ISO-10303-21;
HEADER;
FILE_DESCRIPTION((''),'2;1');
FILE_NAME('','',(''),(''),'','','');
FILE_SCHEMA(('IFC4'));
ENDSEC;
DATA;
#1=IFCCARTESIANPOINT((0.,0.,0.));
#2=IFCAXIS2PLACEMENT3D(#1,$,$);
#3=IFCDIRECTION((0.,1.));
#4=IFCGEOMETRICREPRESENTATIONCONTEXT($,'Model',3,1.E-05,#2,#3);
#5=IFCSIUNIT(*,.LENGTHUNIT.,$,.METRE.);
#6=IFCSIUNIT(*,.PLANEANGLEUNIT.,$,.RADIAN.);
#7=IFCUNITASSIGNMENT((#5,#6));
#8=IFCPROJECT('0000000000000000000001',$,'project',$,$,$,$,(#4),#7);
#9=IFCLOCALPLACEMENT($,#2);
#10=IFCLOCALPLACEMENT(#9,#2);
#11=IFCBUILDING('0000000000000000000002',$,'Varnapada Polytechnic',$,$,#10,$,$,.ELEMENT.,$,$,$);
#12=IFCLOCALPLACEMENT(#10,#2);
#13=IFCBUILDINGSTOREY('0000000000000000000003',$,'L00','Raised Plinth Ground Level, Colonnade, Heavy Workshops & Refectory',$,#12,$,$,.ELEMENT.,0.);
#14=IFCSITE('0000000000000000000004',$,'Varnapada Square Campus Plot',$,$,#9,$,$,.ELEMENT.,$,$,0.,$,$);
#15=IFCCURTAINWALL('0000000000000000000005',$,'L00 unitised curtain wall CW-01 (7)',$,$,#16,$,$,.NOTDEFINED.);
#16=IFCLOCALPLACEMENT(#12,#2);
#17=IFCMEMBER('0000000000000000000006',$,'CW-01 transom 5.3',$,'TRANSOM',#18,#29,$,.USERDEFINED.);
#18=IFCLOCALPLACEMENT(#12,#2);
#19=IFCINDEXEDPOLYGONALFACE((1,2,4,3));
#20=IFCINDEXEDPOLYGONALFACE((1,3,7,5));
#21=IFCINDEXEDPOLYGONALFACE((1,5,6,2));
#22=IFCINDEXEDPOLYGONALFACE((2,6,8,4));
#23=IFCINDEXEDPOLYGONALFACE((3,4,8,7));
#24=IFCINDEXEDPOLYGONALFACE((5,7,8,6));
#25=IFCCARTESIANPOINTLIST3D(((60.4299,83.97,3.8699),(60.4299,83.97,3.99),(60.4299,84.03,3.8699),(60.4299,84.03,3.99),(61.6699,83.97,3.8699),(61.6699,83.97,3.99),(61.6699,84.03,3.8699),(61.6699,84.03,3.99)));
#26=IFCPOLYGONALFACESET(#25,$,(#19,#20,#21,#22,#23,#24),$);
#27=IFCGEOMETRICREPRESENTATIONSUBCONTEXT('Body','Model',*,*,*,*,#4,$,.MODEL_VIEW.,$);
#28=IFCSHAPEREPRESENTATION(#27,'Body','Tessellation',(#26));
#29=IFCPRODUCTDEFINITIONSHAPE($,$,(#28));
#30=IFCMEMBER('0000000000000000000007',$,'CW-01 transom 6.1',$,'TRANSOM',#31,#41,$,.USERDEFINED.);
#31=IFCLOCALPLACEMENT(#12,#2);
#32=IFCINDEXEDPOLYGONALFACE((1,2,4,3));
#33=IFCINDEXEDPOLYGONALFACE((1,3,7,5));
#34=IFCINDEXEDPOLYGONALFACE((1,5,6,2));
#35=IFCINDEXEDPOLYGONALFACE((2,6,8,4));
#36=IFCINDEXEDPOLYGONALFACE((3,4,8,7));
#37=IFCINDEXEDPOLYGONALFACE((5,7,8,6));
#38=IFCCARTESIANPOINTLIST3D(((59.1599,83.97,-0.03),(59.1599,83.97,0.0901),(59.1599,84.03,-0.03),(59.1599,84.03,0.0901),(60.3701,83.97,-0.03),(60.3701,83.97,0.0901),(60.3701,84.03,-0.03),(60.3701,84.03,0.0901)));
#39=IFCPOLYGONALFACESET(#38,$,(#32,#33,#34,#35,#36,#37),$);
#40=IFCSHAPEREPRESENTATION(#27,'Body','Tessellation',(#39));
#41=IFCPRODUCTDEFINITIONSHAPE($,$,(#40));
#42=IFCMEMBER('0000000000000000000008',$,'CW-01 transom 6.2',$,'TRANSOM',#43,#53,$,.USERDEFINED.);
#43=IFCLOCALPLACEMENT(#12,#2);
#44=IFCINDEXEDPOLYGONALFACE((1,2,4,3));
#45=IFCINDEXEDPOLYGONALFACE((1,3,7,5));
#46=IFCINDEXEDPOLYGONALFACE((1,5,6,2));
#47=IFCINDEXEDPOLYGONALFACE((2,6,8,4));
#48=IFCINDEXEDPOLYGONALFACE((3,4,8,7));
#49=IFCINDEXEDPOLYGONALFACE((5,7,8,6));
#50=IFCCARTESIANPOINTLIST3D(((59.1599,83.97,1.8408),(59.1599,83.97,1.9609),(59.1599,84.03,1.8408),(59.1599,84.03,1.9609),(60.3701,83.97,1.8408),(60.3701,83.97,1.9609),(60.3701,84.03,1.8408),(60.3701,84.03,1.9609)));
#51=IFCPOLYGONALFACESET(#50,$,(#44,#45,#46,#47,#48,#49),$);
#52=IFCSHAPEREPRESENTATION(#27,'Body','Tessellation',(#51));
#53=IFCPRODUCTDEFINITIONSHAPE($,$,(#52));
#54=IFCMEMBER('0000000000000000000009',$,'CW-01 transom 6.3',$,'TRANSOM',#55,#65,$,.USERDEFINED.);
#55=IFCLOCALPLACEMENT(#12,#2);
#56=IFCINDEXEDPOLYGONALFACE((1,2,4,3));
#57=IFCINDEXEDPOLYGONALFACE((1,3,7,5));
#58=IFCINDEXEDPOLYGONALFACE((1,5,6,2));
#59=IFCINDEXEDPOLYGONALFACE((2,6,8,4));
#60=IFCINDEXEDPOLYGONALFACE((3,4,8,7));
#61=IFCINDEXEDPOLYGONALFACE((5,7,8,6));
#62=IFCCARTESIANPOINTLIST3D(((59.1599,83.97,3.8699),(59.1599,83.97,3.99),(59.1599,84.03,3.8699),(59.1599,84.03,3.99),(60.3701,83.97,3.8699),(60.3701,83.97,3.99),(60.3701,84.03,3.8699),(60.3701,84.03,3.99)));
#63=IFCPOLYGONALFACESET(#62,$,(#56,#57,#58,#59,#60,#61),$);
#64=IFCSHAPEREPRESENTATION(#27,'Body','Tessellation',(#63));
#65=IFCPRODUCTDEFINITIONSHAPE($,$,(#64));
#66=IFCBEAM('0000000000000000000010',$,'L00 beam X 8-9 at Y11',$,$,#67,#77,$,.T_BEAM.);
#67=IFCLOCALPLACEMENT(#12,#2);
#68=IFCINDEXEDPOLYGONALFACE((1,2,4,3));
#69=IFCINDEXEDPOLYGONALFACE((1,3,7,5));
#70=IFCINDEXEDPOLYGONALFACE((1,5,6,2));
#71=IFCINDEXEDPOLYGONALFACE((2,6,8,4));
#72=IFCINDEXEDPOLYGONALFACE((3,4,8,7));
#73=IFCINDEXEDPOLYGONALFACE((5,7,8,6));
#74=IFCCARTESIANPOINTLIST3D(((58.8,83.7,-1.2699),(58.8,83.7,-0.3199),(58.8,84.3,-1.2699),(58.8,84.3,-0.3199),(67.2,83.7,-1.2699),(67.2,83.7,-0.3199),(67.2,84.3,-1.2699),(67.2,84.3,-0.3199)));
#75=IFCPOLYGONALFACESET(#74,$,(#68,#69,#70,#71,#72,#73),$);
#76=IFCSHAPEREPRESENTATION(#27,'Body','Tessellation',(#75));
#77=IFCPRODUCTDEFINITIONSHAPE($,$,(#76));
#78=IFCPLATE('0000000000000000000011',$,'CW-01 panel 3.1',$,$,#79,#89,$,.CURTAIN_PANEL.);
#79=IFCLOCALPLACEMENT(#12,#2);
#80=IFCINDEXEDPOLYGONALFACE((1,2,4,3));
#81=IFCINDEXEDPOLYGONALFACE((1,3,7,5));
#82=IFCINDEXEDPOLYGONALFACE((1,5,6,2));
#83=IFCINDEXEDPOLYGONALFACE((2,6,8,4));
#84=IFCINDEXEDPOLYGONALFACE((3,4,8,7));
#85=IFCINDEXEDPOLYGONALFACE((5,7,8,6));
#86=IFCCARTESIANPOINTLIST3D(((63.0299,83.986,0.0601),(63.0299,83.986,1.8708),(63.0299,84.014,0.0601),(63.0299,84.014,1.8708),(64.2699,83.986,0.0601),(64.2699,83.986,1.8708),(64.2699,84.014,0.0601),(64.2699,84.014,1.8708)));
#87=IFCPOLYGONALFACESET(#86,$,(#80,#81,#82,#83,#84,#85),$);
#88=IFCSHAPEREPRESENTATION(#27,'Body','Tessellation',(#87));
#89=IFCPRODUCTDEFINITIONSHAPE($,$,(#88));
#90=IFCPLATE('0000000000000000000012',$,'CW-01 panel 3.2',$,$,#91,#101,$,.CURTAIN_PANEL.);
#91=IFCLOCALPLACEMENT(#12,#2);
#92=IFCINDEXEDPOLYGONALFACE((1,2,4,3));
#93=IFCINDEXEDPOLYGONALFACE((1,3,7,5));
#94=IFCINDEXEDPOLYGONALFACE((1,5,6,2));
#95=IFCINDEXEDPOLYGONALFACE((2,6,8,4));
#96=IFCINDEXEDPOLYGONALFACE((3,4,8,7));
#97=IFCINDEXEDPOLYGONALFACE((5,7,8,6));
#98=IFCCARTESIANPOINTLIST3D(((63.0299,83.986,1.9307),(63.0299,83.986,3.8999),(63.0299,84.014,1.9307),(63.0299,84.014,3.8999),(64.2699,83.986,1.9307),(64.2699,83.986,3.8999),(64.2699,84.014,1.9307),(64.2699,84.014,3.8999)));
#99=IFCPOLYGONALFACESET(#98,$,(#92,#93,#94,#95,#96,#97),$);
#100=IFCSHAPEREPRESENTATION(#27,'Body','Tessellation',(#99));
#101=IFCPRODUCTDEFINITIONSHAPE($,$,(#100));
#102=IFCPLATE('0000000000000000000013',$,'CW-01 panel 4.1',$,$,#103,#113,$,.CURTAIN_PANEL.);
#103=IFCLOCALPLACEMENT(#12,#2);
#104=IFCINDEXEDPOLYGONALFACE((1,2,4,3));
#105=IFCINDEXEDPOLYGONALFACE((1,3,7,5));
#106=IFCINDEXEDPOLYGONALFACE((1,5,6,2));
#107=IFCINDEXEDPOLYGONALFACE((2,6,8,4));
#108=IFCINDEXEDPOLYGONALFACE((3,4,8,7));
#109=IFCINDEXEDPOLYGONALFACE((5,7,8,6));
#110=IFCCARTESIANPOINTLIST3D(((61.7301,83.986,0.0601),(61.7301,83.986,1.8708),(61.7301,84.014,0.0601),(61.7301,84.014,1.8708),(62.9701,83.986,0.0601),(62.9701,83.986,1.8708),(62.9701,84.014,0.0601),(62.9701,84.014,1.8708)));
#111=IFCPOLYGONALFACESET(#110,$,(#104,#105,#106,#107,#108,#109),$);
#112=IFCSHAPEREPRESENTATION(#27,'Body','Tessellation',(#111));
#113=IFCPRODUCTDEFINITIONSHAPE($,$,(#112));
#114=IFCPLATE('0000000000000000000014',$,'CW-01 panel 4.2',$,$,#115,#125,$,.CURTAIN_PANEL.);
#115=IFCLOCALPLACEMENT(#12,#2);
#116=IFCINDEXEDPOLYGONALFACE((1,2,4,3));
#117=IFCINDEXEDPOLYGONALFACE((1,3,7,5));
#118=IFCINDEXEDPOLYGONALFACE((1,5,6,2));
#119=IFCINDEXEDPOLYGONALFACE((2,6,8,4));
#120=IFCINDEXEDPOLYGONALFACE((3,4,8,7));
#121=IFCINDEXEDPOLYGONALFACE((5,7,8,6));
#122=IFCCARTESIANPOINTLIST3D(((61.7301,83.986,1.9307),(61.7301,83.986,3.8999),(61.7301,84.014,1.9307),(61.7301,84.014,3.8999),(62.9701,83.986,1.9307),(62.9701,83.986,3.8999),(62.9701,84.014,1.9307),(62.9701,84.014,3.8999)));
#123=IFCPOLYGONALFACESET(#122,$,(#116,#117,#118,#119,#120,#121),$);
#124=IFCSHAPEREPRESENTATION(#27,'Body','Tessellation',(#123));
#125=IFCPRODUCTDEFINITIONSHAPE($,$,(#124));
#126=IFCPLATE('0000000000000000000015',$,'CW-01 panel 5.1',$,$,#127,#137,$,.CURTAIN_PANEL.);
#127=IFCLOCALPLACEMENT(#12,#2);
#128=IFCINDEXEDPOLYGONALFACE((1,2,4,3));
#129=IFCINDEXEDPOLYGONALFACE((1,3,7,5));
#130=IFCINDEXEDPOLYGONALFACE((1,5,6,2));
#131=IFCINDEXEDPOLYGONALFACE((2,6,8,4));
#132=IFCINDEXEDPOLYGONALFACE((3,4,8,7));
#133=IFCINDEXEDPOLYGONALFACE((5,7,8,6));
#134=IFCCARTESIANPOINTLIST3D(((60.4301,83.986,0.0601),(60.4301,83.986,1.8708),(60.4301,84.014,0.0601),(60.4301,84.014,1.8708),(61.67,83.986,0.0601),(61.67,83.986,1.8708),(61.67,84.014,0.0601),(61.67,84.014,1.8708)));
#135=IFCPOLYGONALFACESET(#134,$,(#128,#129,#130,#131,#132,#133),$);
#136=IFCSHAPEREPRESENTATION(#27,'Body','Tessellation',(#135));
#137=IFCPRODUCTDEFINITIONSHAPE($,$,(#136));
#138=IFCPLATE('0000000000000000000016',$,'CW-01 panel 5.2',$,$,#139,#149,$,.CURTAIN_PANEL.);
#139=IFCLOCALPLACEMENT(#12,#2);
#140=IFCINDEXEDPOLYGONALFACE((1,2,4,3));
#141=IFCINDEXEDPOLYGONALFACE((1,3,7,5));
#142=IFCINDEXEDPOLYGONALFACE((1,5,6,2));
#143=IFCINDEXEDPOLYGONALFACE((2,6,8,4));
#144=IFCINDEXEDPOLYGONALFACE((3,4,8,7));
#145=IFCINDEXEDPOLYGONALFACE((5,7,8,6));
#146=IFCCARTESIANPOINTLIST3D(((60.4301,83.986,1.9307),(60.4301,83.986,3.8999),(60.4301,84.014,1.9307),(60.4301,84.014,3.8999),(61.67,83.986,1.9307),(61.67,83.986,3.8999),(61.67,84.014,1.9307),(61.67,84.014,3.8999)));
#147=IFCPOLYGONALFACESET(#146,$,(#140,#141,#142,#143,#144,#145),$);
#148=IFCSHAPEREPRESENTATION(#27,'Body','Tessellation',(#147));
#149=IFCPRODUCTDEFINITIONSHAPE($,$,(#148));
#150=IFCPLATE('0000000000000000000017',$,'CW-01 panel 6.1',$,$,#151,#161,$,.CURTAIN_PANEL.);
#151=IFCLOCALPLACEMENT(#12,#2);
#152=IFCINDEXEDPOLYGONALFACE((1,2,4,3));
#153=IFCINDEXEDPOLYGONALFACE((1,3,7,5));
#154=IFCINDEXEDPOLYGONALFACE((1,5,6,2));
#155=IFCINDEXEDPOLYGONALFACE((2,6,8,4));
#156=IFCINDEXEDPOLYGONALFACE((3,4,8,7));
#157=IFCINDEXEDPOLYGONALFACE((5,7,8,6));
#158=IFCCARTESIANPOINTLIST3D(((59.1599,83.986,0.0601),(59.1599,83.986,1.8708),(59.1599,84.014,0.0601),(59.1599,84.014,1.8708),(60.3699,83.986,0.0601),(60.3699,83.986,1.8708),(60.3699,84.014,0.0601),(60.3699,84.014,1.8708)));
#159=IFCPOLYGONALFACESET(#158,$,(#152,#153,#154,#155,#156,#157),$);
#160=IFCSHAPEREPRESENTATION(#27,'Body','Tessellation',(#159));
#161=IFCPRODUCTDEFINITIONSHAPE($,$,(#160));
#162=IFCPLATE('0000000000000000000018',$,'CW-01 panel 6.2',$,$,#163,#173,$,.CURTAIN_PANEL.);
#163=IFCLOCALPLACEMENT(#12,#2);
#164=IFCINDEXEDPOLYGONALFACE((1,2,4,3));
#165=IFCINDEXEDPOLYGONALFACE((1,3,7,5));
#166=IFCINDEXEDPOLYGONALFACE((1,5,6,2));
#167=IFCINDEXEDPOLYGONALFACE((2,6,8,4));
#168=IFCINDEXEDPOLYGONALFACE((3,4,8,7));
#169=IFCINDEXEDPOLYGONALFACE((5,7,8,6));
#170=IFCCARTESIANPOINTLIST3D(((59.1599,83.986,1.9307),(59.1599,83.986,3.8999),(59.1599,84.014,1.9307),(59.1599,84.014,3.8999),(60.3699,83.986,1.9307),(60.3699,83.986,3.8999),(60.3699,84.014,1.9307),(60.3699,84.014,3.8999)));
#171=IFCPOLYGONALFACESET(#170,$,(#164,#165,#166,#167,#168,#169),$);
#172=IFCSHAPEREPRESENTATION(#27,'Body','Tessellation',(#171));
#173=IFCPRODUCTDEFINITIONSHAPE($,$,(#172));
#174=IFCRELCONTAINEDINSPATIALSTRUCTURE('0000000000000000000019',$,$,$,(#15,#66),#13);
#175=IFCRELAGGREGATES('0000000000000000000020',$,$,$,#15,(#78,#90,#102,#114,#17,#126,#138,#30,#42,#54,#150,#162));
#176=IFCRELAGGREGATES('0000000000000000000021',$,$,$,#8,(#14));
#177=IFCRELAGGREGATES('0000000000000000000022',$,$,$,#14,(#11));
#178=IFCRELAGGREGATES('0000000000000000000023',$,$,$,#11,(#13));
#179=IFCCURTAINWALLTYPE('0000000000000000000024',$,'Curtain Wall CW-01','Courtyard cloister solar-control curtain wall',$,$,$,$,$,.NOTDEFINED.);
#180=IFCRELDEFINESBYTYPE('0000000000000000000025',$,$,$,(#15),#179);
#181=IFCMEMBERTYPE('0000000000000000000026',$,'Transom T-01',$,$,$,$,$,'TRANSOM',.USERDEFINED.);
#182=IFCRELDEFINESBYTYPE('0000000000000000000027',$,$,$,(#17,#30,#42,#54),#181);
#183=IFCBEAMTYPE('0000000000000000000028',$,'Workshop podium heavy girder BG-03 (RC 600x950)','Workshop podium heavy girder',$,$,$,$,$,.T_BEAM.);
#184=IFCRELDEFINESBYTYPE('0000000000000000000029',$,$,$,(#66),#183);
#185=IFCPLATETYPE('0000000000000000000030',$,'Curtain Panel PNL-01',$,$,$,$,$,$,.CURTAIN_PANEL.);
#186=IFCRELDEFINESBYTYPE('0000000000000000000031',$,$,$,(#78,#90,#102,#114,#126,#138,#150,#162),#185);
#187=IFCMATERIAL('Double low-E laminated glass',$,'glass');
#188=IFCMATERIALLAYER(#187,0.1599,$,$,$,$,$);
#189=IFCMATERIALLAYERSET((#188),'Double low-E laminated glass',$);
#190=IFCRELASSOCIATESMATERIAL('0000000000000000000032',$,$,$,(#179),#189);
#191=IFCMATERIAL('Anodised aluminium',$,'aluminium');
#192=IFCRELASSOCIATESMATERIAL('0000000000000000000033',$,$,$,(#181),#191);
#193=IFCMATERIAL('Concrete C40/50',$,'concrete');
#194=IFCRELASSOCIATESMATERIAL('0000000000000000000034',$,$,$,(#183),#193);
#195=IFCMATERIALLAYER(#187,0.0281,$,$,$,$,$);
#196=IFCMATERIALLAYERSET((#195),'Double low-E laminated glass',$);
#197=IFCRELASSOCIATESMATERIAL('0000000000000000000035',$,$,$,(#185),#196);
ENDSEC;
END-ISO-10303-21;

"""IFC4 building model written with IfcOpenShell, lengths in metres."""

from ifc_helpers import new_model, si_unit, direction, frame, origin, origin_2d, place, context, subcontext, project, spatial, rectangle, extrude, material, layer, layer_set, material_profile, profile_set, type_object, element, aggregate, save


model = new_model("IFC4")

# Units and contexts
model_context = context("Model", 3, precision=1e-05, world=origin(), true_north=direction((0.0, 1.0)))
body_context = subcontext(model_context, "Body", "Model", "MODEL_VIEW")
ifc_project = project(units=[si_unit("LENGTHUNIT", "METRE"), si_unit("PLANEANGLEUNIT", "RADIAN")], contexts=[model_context])

# Site, building, storey
site_placement = place(None, origin())
site = spatial("IfcSite", under=ifc_project, at=site_placement, Name="Varnapada Square Campus Plot", CompositionType="ELEMENT", RefElevation=0.0)
building_placement = place(site_placement, origin())
building = spatial("IfcBuilding", under=site, at=building_placement, Name="Varnapada Polytechnic", CompositionType="ELEMENT")
storey_placement = place(building_placement, origin())
storey = spatial("IfcBuildingStorey", under=building, at=storey_placement, Name="L00", Description="Raised Plinth Ground Level, Colonnade, Heavy Workshops & Refectory", CompositionType="ELEMENT", Elevation=0.0)

# Curtain wall
ifc_material_1 = material(Name="Double low-E laminated glass", Category="glass")
ifc_layer_1 = layer(ifc_material_1, 0.1599)
ifc_layer_set_1 = layer_set([ifc_layer_1], Name="Double low-E laminated glass")
curtain_wall_type = type_object("IfcCurtainWallType", Name="Curtain Wall CW-01", Description="Courtyard cloister solar-control curtain wall", PredefinedType="NOTDEFINED", material=ifc_layer_set_1)
curtain_wall_placement = place(storey_placement, origin())
curtain_wall = element("IfcCurtainWall", 1, at=curtain_wall_placement, inside=storey, type_object=curtain_wall_type, Name="L00 unitised curtain wall CW-01 (7)", PredefinedType="NOTDEFINED")
ifc_material_2 = material(Name="Anodised aluminium", Category="aluminium")

# Shared definitions
ifc_material_3 = material(Name="Concrete C40/50", Category="concrete")

# Members
ifc_material_profile_1 = material_profile(ifc_material_2, rectangle(XDim=0.0601, YDim=0.1201, at=origin_2d()), Name="ALU T60x120")
ifc_profile_set_1 = profile_set([ifc_material_profile_1], Name="Anodised aluminium")
member_type_1 = type_object("IfcMemberType", Name="Transom T-01", ElementType="TRANSOM", PredefinedType="USERDEFINED", material=ifc_profile_set_1)
member_1_placement = place(storey_placement, frame((61.6699, 84.0, 3.9299), z_axis=(-1.0, 0.0, 0.0), x_axis=(0.0, -1.0, 0.0)))
member_1 = element("IfcMember", 2, at=member_1_placement, type_object=member_type_1, Name="CW-01 transom 5.3", ObjectType="TRANSOM", PredefinedType="USERDEFINED", context=body_context, shape_type="SweptSolid", body=[
    extrude(rectangle(XDim=0.0601, YDim=0.1201, at=origin_2d()), origin(), (0.0, 0.0, 1.0), 1.24),
])
member_2_placement = place(storey_placement, frame((60.3701, 84.0, 0.03), z_axis=(-1.0, 0.0, 0.0), x_axis=(0.0, -1.0, 0.0)))
member_2 = element("IfcMember", 3, at=member_2_placement, type_object=member_type_1, Name="CW-01 transom 6.1", ObjectType="TRANSOM", PredefinedType="USERDEFINED", context=body_context, shape_type="SweptSolid", body=[
    extrude(rectangle(XDim=0.0601, YDim=0.1201, at=origin_2d()), origin(), (0.0, 0.0, 1.0), 1.2102),
])
member_3_placement = place(storey_placement, frame((60.3701, 84.0, 1.9009), z_axis=(-1.0, 0.0, 0.0), x_axis=(0.0, -1.0, 0.0)))
member_3 = element("IfcMember", 4, at=member_3_placement, type_object=member_type_1, Name="CW-01 transom 6.2", ObjectType="TRANSOM", PredefinedType="USERDEFINED", context=body_context, shape_type="SweptSolid", body=[
    extrude(rectangle(XDim=0.0601, YDim=0.1201, at=origin_2d()), origin(), (0.0, 0.0, 1.0), 1.2102),
])
member_4_placement = place(storey_placement, frame((60.3701, 84.0, 3.9299), z_axis=(-1.0, 0.0, 0.0), x_axis=(0.0, -1.0, 0.0)))
member_4 = element("IfcMember", 5, at=member_4_placement, type_object=member_type_1, Name="CW-01 transom 6.3", ObjectType="TRANSOM", PredefinedType="USERDEFINED", context=body_context, shape_type="SweptSolid", body=[
    extrude(rectangle(XDim=0.0601, YDim=0.1201, at=origin_2d()), origin(), (0.0, 0.0, 1.0), 1.2102),
])

# Beam
ifc_material_profile_2 = material_profile(ifc_material_3, rectangle(XDim=0.6001, YDim=0.95, at=origin_2d()), Name="RC 600x950")
ifc_profile_set_2 = profile_set([ifc_material_profile_2], Name="Concrete C40/50")
beam_type_1 = type_object("IfcBeamType", Name="Workshop podium heavy girder BG-03 (RC 600x950)", Description="Workshop podium heavy girder", PredefinedType="T_BEAM", material=ifc_profile_set_2)
beam_1_placement = place(storey_placement, frame((58.8, 84.0, -0.7949), z_axis=(1.0, 0.0, 0.0), x_axis=(0.0, 1.0, 0.0)))
element("IfcBeam", 6, at=beam_1_placement, inside=storey, type_object=beam_type_1, Name="L00 beam X 8-9 at Y11", PredefinedType="T_BEAM", context=body_context, shape_type="SweptSolid", body=[
    extrude(rectangle(XDim=0.6001, YDim=0.95, at=origin_2d()), origin(), (0.0, 0.0, 1.0), 8.3999),
])

# Plates
ifc_layer_2 = layer(ifc_material_1, 0.0281)
ifc_layer_set_2 = layer_set([ifc_layer_2], Name="Double low-E laminated glass")
plate_type = type_object("IfcPlateType", Name="Curtain Panel PNL-01", PredefinedType="CURTAIN_PANEL", material=ifc_layer_set_2)
plate_1_placement = place(storey_placement, frame((63.6499, 84.0, 0.0601), z_axis=(0.0, 0.0, 1.0), x_axis=(-1.0, 0.0, 0.0)))
plate_1 = element("IfcPlate", 7, at=plate_1_placement, type_object=plate_type, Name="CW-01 panel 3.1", PredefinedType="CURTAIN_PANEL", context=body_context, shape_type="SweptSolid", body=[
    extrude(rectangle(XDim=1.24, YDim=0.0281, at=origin_2d()), origin(), (0.0, 0.0, 1.0), 1.8108),
])
plate_2_placement = place(storey_placement, frame((63.6499, 84.0, 1.9307), z_axis=(0.0, 0.0, 1.0), x_axis=(-1.0, 0.0, 0.0)))
plate_2 = element("IfcPlate", 8, at=plate_2_placement, type_object=plate_type, Name="CW-01 panel 3.2", PredefinedType="CURTAIN_PANEL", context=body_context, shape_type="SweptSolid", body=[
    extrude(rectangle(XDim=1.24, YDim=0.0281, at=origin_2d()), origin(), (0.0, 0.0, 1.0), 1.9692),
])
plate_3_placement = place(storey_placement, frame((62.3501, 84.0, 0.0601), z_axis=(0.0, 0.0, 1.0), x_axis=(-1.0, 0.0, 0.0)))
plate_3 = element("IfcPlate", 9, at=plate_3_placement, type_object=plate_type, Name="CW-01 panel 4.1", PredefinedType="CURTAIN_PANEL", context=body_context, shape_type="SweptSolid", body=[
    extrude(rectangle(XDim=1.24, YDim=0.0281, at=origin_2d()), origin(), (0.0, 0.0, 1.0), 1.8108),
])
plate_4_placement = place(storey_placement, frame((62.3501, 84.0, 1.9307), z_axis=(0.0, 0.0, 1.0), x_axis=(-1.0, 0.0, 0.0)))
plate_4 = element("IfcPlate", 10, at=plate_4_placement, type_object=plate_type, Name="CW-01 panel 4.2", PredefinedType="CURTAIN_PANEL", context=body_context, shape_type="SweptSolid", body=[
    extrude(rectangle(XDim=1.24, YDim=0.0281, at=origin_2d()), origin(), (0.0, 0.0, 1.0), 1.9692),
])
plate_5_placement = place(storey_placement, frame((61.05, 84.0, 0.0601), z_axis=(0.0, 0.0, 1.0), x_axis=(-1.0, 0.0, 0.0)))
plate_5 = element("IfcPlate", 11, at=plate_5_placement, type_object=plate_type, Name="CW-01 panel 5.1", PredefinedType="CURTAIN_PANEL", context=body_context, shape_type="SweptSolid", body=[
    extrude(rectangle(XDim=1.24, YDim=0.0281, at=origin_2d()), origin(), (0.0, 0.0, 1.0), 1.8108),
])
plate_6_placement = place(storey_placement, frame((61.05, 84.0, 1.9307), z_axis=(0.0, 0.0, 1.0), x_axis=(-1.0, 0.0, 0.0)))
plate_6 = element("IfcPlate", 12, at=plate_6_placement, type_object=plate_type, Name="CW-01 panel 5.2", PredefinedType="CURTAIN_PANEL", context=body_context, shape_type="SweptSolid", body=[
    extrude(rectangle(XDim=1.24, YDim=0.0281, at=origin_2d()), origin(), (0.0, 0.0, 1.0), 1.9692),
])
plate_7_placement = place(storey_placement, frame((59.7649, 84.0, 0.0601), z_axis=(0.0, 0.0, 1.0), x_axis=(-1.0, 0.0, 0.0)))
plate_7 = element("IfcPlate", 13, at=plate_7_placement, type_object=plate_type, Name="CW-01 panel 6.1", PredefinedType="CURTAIN_PANEL", context=body_context, shape_type="SweptSolid", body=[
    extrude(rectangle(XDim=1.21, YDim=0.0281, at=origin_2d()), origin(), (0.0, 0.0, 1.0), 1.8108),
])
plate_8_placement = place(storey_placement, frame((59.7649, 84.0, 1.9307), z_axis=(0.0, 0.0, 1.0), x_axis=(-1.0, 0.0, 0.0)))
plate_8 = element("IfcPlate", 14, at=plate_8_placement, type_object=plate_type, Name="CW-01 panel 6.2", PredefinedType="CURTAIN_PANEL", context=body_context, shape_type="SweptSolid", body=[
    extrude(rectangle(XDim=1.21, YDim=0.0281, at=origin_2d()), origin(), (0.0, 0.0, 1.0), 1.9692),
])
aggregate(curtain_wall, [plate_1, plate_2, plate_3, plate_4, member_1, plate_5, plate_6, member_2, member_3, member_4, plate_7, plate_8])

save(model, "model.ifc")
